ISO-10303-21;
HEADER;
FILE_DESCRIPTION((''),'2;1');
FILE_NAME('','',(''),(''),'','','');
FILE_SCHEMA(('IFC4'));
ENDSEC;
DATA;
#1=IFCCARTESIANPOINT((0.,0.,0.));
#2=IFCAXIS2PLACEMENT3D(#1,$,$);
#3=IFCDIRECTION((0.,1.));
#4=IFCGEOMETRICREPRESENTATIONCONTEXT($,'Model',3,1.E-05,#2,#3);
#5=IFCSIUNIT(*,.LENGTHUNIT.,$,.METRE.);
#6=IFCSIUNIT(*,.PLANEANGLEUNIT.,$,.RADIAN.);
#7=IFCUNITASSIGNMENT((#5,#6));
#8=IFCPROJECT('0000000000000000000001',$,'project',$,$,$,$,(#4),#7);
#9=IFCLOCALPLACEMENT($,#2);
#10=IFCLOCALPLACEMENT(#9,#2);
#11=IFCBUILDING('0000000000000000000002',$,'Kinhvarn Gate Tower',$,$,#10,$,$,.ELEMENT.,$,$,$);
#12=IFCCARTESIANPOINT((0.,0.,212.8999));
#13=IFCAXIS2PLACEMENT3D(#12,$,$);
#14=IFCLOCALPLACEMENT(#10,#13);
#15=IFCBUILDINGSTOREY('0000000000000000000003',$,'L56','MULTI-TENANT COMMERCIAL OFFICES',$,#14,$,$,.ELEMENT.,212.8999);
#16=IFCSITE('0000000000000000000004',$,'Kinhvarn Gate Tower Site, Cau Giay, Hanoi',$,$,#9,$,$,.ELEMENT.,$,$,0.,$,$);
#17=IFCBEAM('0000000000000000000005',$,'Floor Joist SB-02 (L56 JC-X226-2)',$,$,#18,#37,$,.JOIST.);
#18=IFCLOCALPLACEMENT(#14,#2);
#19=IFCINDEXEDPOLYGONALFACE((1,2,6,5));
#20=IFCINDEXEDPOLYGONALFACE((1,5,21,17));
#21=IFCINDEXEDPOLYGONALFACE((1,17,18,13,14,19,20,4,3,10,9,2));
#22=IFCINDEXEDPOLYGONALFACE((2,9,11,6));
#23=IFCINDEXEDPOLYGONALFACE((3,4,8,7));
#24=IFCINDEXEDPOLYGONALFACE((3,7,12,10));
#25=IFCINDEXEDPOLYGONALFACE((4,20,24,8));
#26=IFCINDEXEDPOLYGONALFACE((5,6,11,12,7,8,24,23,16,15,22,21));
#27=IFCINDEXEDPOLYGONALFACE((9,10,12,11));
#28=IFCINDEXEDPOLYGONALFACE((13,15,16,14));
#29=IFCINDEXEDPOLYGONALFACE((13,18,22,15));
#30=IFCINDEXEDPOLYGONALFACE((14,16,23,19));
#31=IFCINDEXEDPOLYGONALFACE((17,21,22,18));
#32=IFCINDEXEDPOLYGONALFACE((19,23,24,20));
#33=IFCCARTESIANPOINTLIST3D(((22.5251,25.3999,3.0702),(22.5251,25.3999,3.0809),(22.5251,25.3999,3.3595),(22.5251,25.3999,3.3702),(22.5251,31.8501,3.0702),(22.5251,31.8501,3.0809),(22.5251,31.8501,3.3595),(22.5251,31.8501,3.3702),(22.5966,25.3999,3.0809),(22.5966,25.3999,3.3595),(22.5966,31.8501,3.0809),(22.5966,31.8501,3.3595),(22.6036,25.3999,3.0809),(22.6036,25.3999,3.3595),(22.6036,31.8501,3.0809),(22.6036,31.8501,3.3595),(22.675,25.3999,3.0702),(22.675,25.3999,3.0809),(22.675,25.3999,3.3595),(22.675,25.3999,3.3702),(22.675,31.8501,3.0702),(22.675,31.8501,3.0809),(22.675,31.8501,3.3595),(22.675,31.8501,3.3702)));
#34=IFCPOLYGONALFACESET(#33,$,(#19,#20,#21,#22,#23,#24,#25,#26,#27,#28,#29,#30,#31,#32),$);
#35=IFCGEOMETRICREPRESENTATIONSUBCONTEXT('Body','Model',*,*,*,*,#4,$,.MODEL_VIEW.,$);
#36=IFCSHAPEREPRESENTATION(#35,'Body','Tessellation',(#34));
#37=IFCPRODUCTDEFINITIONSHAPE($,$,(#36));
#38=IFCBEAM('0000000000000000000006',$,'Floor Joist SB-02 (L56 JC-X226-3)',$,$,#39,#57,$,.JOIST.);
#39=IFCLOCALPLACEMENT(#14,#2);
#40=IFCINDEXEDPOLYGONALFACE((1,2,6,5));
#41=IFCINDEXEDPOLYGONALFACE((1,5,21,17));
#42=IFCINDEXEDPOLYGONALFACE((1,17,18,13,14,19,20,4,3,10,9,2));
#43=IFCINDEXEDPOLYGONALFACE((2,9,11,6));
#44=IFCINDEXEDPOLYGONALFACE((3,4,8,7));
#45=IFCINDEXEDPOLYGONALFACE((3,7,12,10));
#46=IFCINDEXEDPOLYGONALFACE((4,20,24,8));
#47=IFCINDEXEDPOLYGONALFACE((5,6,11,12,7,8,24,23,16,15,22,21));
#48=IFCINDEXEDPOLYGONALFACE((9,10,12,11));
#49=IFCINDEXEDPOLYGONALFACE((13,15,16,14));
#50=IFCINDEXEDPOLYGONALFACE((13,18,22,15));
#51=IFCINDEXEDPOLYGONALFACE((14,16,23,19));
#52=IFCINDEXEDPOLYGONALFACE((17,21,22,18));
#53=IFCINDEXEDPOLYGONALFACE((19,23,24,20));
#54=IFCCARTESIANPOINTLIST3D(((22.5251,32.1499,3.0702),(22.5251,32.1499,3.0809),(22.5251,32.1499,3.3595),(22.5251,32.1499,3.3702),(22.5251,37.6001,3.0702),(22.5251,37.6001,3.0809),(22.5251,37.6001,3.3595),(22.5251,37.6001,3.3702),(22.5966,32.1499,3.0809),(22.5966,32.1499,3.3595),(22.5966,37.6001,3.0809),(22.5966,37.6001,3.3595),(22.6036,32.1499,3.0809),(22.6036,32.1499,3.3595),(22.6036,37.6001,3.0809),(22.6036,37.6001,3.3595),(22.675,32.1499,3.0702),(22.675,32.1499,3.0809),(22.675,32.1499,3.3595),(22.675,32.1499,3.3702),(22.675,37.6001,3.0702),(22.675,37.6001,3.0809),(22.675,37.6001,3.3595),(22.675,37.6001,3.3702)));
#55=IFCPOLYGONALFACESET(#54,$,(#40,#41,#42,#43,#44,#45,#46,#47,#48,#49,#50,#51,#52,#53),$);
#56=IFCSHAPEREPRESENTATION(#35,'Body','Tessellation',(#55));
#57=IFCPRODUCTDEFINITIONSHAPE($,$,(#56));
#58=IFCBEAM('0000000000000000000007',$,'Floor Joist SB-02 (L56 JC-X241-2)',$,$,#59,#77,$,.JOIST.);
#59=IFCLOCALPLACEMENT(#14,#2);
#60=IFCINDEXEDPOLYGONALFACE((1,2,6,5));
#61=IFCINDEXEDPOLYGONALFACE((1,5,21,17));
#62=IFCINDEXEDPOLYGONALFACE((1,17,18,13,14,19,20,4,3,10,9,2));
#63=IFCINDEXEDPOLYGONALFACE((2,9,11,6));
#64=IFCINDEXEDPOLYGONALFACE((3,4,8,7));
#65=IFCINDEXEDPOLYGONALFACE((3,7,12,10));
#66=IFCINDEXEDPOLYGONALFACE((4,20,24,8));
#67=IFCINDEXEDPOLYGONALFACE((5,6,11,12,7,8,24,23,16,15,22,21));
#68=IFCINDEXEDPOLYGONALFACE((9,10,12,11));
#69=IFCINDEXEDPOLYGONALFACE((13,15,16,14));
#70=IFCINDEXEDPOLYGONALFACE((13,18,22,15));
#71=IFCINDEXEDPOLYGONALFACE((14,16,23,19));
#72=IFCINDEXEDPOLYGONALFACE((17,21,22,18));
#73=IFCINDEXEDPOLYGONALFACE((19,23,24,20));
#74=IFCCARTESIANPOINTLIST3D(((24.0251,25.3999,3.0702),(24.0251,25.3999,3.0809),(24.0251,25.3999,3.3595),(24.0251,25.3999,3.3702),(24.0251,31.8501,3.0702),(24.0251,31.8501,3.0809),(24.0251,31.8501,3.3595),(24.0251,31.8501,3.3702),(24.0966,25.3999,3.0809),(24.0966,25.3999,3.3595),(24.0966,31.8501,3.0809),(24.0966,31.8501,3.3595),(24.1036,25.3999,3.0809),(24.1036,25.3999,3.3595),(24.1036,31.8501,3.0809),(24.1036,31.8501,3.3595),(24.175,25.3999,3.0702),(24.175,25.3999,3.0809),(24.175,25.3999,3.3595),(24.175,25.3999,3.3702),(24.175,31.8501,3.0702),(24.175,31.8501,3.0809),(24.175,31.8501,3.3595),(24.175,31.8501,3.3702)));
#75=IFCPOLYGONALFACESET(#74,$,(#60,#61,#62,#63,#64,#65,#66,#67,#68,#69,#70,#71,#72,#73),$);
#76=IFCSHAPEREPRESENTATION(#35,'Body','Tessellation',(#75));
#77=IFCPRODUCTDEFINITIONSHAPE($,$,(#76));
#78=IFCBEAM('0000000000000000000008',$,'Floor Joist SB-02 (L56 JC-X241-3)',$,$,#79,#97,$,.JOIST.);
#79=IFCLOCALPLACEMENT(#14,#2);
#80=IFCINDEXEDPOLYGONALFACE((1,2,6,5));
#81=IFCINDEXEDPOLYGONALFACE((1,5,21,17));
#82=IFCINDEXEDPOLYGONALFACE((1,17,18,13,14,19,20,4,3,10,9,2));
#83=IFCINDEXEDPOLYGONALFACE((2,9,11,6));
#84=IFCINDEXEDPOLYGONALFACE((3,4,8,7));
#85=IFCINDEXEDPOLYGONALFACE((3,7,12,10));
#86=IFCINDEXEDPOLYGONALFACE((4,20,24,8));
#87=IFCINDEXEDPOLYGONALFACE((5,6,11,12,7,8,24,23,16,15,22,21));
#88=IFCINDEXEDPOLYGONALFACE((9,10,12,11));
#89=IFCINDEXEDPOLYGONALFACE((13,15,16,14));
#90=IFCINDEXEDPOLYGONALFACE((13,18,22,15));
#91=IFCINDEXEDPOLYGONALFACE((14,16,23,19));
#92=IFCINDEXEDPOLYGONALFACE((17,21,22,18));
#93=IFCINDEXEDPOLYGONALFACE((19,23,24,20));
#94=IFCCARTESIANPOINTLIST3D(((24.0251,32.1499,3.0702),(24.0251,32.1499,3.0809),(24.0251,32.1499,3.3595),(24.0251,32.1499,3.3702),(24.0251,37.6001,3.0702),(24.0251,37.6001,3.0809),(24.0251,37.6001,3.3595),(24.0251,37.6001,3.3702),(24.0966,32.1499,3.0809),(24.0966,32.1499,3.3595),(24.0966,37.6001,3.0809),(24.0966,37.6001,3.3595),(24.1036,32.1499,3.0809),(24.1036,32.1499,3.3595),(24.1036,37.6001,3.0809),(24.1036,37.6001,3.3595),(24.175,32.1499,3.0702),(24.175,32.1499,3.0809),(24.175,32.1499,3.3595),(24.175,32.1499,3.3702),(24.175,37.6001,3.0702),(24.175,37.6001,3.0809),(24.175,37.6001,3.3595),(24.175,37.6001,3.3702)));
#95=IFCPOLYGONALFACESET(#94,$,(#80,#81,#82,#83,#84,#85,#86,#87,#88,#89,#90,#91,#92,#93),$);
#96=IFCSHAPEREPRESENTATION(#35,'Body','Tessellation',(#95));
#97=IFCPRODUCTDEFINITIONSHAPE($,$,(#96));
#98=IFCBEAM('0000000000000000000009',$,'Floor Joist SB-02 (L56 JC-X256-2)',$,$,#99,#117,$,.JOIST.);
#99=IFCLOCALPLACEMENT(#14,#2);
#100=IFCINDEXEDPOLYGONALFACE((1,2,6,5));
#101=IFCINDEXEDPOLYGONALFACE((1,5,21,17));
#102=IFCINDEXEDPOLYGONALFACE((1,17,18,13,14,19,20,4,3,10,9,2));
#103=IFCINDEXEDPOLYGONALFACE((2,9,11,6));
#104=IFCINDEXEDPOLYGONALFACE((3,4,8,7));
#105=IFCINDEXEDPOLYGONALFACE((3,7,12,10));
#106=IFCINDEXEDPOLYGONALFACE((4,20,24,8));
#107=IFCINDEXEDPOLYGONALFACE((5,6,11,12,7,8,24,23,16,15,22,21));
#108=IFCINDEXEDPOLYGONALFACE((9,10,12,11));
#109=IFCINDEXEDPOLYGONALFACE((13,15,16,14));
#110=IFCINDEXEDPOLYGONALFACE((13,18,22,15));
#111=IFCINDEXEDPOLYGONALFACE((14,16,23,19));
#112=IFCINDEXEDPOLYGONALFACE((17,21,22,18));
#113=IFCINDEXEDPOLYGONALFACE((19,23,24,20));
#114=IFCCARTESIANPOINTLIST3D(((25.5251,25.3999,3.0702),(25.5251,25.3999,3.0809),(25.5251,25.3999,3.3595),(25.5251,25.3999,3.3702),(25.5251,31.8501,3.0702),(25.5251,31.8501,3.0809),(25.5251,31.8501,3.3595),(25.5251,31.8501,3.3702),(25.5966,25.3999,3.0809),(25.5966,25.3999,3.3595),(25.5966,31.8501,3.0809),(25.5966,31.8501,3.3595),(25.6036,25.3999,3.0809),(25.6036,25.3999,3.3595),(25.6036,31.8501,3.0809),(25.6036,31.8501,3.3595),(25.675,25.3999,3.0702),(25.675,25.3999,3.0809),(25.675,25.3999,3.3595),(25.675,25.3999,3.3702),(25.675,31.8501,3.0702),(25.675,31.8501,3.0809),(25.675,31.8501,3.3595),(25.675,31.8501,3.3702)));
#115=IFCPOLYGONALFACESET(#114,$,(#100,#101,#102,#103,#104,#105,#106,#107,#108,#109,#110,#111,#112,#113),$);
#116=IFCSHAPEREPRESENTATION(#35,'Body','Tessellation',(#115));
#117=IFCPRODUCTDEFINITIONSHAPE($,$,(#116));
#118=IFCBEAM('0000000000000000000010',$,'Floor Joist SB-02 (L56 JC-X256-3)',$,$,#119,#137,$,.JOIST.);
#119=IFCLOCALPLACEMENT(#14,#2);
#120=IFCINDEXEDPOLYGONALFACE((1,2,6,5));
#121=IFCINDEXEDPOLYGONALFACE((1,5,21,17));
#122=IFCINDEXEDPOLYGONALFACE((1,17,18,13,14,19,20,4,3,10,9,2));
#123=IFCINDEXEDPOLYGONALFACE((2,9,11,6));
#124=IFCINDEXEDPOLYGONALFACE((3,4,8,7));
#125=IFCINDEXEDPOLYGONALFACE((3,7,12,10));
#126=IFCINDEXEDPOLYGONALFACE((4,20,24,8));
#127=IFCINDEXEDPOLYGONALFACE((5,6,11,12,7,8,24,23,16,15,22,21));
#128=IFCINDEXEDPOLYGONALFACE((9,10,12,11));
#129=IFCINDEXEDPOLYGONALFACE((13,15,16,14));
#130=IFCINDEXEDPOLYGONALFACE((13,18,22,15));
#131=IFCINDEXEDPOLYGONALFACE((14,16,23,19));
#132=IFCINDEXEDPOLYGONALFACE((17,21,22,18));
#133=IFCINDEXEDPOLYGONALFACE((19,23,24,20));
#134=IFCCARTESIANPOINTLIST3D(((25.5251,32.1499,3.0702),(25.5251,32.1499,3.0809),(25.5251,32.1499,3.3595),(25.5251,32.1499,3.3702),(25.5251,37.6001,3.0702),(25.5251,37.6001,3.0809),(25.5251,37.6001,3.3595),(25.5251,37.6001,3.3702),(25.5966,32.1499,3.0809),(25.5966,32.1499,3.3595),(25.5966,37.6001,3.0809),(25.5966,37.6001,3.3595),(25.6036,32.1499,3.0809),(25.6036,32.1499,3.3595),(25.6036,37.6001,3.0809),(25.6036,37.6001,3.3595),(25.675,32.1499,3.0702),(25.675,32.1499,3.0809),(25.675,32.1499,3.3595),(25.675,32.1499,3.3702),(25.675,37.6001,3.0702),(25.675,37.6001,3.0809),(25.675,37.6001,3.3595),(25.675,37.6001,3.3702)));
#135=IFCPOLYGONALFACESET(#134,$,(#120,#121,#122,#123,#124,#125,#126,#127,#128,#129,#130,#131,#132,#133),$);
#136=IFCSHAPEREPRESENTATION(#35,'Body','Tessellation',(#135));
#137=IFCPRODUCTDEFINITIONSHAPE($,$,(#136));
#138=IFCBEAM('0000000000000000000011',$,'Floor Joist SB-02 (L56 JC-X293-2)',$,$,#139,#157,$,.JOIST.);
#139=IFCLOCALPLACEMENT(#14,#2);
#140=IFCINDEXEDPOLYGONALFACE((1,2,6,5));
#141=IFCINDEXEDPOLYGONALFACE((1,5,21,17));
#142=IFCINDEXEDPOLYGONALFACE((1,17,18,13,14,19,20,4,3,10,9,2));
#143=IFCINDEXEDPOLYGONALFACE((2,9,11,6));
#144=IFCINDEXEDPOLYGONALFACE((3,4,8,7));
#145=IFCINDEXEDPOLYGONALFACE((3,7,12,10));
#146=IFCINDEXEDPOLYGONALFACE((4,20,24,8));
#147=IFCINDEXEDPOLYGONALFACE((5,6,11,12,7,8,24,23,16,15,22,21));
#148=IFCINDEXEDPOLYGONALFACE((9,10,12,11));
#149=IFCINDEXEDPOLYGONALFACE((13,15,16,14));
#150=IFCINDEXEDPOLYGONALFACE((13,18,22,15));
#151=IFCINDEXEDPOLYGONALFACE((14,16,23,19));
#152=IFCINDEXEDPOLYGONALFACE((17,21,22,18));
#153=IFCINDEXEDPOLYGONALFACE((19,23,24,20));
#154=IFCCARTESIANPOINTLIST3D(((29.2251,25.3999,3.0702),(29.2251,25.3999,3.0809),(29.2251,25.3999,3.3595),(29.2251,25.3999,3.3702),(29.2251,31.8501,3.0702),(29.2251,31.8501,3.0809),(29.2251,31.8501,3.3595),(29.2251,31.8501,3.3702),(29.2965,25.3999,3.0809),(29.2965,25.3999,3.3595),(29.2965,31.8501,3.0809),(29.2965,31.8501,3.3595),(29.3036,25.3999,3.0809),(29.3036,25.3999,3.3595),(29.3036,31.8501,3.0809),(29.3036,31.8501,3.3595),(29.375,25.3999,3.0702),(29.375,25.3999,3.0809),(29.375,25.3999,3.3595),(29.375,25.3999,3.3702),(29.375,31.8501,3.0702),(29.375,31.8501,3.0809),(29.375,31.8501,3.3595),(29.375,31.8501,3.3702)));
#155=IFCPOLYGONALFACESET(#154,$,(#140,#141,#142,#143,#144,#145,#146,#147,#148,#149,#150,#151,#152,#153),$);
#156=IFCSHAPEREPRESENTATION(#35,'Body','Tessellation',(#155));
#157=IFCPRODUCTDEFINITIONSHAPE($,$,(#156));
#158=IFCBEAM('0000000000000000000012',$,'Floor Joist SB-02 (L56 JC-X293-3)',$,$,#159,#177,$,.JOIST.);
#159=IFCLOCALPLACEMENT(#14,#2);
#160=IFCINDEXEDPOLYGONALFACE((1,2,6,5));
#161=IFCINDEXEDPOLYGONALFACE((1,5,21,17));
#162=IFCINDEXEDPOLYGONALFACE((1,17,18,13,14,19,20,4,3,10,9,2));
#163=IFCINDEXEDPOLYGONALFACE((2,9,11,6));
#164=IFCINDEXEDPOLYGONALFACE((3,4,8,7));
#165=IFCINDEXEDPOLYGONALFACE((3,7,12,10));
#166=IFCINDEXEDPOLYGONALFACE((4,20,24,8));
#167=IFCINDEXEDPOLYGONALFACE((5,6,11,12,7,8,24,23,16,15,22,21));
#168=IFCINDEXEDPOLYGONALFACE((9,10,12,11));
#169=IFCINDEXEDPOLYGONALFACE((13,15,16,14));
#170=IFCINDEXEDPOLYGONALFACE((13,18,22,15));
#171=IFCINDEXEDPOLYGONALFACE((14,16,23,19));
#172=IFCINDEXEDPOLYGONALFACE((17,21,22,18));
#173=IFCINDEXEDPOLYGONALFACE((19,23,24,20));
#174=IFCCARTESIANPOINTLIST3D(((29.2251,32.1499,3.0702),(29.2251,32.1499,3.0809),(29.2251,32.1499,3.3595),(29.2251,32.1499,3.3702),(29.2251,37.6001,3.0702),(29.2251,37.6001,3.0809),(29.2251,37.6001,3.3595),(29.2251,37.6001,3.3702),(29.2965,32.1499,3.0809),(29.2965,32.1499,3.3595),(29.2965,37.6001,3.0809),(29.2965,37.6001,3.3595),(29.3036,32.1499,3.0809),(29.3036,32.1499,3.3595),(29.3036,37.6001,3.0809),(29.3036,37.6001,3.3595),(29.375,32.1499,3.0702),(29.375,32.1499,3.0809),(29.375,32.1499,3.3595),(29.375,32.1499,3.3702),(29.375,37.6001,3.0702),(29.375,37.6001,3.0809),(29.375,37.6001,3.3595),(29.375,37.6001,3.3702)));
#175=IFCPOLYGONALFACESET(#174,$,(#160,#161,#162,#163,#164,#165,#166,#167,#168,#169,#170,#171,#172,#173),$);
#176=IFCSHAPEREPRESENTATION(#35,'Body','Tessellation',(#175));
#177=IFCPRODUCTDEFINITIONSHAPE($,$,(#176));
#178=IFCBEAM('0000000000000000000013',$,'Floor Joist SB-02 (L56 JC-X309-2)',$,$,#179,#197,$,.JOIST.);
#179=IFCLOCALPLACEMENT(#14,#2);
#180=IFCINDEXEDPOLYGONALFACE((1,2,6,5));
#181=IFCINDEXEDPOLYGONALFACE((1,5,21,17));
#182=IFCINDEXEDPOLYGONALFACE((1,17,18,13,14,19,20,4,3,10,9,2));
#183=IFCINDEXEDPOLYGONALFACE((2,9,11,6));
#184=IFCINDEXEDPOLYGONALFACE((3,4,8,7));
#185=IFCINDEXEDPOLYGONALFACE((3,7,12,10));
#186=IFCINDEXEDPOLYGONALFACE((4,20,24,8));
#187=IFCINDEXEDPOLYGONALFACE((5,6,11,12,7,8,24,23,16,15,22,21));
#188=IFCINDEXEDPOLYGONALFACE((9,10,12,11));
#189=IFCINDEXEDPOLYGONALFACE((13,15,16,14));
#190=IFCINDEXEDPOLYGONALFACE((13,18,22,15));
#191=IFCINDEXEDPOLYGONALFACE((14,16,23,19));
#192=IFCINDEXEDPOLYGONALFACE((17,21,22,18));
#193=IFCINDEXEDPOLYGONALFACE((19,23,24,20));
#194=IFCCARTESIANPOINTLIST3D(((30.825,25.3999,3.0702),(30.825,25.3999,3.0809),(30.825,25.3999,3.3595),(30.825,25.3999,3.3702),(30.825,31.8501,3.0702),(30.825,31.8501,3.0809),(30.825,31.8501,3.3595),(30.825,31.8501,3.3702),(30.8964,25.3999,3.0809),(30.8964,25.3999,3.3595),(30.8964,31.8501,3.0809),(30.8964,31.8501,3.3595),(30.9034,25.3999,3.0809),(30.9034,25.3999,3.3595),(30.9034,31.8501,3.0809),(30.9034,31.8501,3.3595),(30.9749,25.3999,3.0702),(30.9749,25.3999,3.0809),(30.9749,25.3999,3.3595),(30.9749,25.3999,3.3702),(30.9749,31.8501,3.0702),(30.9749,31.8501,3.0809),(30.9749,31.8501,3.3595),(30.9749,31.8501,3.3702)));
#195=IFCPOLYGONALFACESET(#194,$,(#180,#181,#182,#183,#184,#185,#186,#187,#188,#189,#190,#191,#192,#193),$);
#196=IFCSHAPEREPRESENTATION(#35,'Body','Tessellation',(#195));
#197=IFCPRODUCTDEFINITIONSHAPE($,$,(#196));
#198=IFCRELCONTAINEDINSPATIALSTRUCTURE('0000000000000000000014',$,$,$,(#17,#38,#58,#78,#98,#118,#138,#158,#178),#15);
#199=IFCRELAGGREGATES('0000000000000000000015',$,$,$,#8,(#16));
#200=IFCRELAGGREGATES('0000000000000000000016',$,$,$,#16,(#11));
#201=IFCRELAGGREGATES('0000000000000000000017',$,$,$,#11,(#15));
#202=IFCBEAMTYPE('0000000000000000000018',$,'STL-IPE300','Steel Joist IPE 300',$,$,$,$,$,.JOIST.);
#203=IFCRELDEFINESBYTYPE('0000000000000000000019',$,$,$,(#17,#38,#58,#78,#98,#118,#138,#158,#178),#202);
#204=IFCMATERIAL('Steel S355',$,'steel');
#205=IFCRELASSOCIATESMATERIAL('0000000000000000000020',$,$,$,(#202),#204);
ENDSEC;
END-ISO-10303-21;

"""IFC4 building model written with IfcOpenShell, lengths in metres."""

from ifc_helpers import new_model, si_unit, direction, frame, origin, origin_2d, place, context, subcontext, project, spatial, i_section, extrude, material, material_profile, profile_set, type_object, element, save


model = new_model("IFC4")

# Units and contexts
model_context = context("Model", 3, precision=1e-05, world=origin(), true_north=direction((0.0, 1.0)))
body_context = subcontext(model_context, "Body", "Model", "MODEL_VIEW")
ifc_project = project(units=[si_unit("LENGTHUNIT", "METRE"), si_unit("PLANEANGLEUNIT", "RADIAN")], contexts=[model_context])

# Site, building, storey
site_placement = place(None, origin())
site = spatial("IfcSite", under=ifc_project, at=site_placement, Name="Kinhvarn Gate Tower Site, Cau Giay, Hanoi", CompositionType="ELEMENT", RefElevation=0.0)
building_placement = place(site_placement, origin())
building = spatial("IfcBuilding", under=site, at=building_placement, Name="Kinhvarn Gate Tower", CompositionType="ELEMENT")
storey_placement = place(building_placement, frame((0.0, 0.0, 212.8999)))
storey = spatial("IfcBuildingStorey", under=building, at=storey_placement, Name="L56", Description="MULTI-TENANT COMMERCIAL OFFICES", CompositionType="ELEMENT", Elevation=212.8999)

# Beams
ifc_material_1 = material(Name="Steel S355", Category="steel")
ifc_material_profile = material_profile(ifc_material_1, i_section(OverallWidth=0.1499, OverallDepth=0.3, WebThickness=0.0071, FlangeThickness=0.0107, at=origin_2d()), Name="IPE 300")
ifc_profile_set = profile_set([ifc_material_profile], Name="Steel S355")
beam_type = type_object("IfcBeamType", Name="STL-IPE300", Description="Steel Joist IPE 300", PredefinedType="JOIST", material=ifc_profile_set)
beam_1_placement = place(storey_placement, frame((22.6001, 25.3999, 3.2202), z_axis=(0.0, 1.0, 0.0), x_axis=(-1.0, 0.0, 0.0)))
element("IfcBeam", 1, at=beam_1_placement, inside=storey, type_object=beam_type, Name="Floor Joist SB-02 (L56 JC-X226-2)", PredefinedType="JOIST", context=body_context, shape_type="SweptSolid", body=[
    extrude(i_section(OverallWidth=0.1499, OverallDepth=0.3, WebThickness=0.0071, FlangeThickness=0.0107, at=origin_2d()), origin(), (0.0, 0.0, 1.0), 6.4502),
])
beam_2_placement = place(storey_placement, frame((22.6001, 32.1499, 3.2202), z_axis=(0.0, 1.0, 0.0), x_axis=(-1.0, 0.0, 0.0)))
element("IfcBeam", 2, at=beam_2_placement, inside=storey, type_object=beam_type, Name="Floor Joist SB-02 (L56 JC-X226-3)", PredefinedType="JOIST", context=body_context, shape_type="SweptSolid", body=[
    extrude(i_section(OverallWidth=0.1499, OverallDepth=0.3, WebThickness=0.0071, FlangeThickness=0.0107, at=origin_2d()), origin(), (0.0, 0.0, 1.0), 5.4502),
])
beam_3_placement = place(storey_placement, frame((24.1001, 25.3999, 3.2202), z_axis=(0.0, 1.0, 0.0), x_axis=(-1.0, 0.0, 0.0)))
element("IfcBeam", 3, at=beam_3_placement, inside=storey, type_object=beam_type, Name="Floor Joist SB-02 (L56 JC-X241-2)", PredefinedType="JOIST", context=body_context, shape_type="SweptSolid", body=[
    extrude(i_section(OverallWidth=0.1499, OverallDepth=0.3, WebThickness=0.0071, FlangeThickness=0.0107, at=origin_2d()), origin(), (0.0, 0.0, 1.0), 6.4502),
])
beam_4_placement = place(storey_placement, frame((24.1001, 32.1499, 3.2202), z_axis=(0.0, 1.0, 0.0), x_axis=(-1.0, 0.0, 0.0)))
element("IfcBeam", 4, at=beam_4_placement, inside=storey, type_object=beam_type, Name="Floor Joist SB-02 (L56 JC-X241-3)", PredefinedType="JOIST", context=body_context, shape_type="SweptSolid", body=[
    extrude(i_section(OverallWidth=0.1499, OverallDepth=0.3, WebThickness=0.0071, FlangeThickness=0.0107, at=origin_2d()), origin(), (0.0, 0.0, 1.0), 5.4502),
])
beam_5_placement = place(storey_placement, frame((25.6001, 25.3999, 3.2202), z_axis=(0.0, 1.0, 0.0), x_axis=(-1.0, 0.0, 0.0)))
element("IfcBeam", 5, at=beam_5_placement, inside=storey, type_object=beam_type, Name="Floor Joist SB-02 (L56 JC-X256-2)", PredefinedType="JOIST", context=body_context, shape_type="SweptSolid", body=[
    extrude(i_section(OverallWidth=0.1499, OverallDepth=0.3, WebThickness=0.0071, FlangeThickness=0.0107, at=origin_2d()), origin(), (0.0, 0.0, 1.0), 6.4502),
])
beam_6_placement = place(storey_placement, frame((25.6001, 32.1499, 3.2202), z_axis=(0.0, 1.0, 0.0), x_axis=(-1.0, 0.0, 0.0)))
element("IfcBeam", 6, at=beam_6_placement, inside=storey, type_object=beam_type, Name="Floor Joist SB-02 (L56 JC-X256-3)", PredefinedType="JOIST", context=body_context, shape_type="SweptSolid", body=[
    extrude(i_section(OverallWidth=0.1499, OverallDepth=0.3, WebThickness=0.0071, FlangeThickness=0.0107, at=origin_2d()), origin(), (0.0, 0.0, 1.0), 5.4502),
])
beam_7_placement = place(storey_placement, frame((29.3, 25.3999, 3.2202), z_axis=(0.0, 1.0, 0.0), x_axis=(-1.0, 0.0, 0.0)))
element("IfcBeam", 7, at=beam_7_placement, inside=storey, type_object=beam_type, Name="Floor Joist SB-02 (L56 JC-X293-2)", PredefinedType="JOIST", context=body_context, shape_type="SweptSolid", body=[
    extrude(i_section(OverallWidth=0.1499, OverallDepth=0.3, WebThickness=0.0071, FlangeThickness=0.0107, at=origin_2d()), origin(), (0.0, 0.0, 1.0), 6.4502),
])
beam_8_placement = place(storey_placement, frame((29.3, 32.1499, 3.2202), z_axis=(0.0, 1.0, 0.0), x_axis=(-1.0, 0.0, 0.0)))
element("IfcBeam", 8, at=beam_8_placement, inside=storey, type_object=beam_type, Name="Floor Joist SB-02 (L56 JC-X293-3)", PredefinedType="JOIST", context=body_context, shape_type="SweptSolid", body=[
    extrude(i_section(OverallWidth=0.1499, OverallDepth=0.3, WebThickness=0.0071, FlangeThickness=0.0107, at=origin_2d()), origin(), (0.0, 0.0, 1.0), 5.4502),
])
beam_9_placement = place(storey_placement, frame((30.8999, 25.3999, 3.2202), z_axis=(0.0, 1.0, 0.0), x_axis=(-1.0, 0.0, 0.0)))
element("IfcBeam", 9, at=beam_9_placement, inside=storey, type_object=beam_type, Name="Floor Joist SB-02 (L56 JC-X309-2)", PredefinedType="JOIST", context=body_context, shape_type="SweptSolid", body=[
    extrude(i_section(OverallWidth=0.1499, OverallDepth=0.3, WebThickness=0.0071, FlangeThickness=0.0107, at=origin_2d()), origin(), (0.0, 0.0, 1.0), 6.4502),
])

save(model, "model.ifc")
